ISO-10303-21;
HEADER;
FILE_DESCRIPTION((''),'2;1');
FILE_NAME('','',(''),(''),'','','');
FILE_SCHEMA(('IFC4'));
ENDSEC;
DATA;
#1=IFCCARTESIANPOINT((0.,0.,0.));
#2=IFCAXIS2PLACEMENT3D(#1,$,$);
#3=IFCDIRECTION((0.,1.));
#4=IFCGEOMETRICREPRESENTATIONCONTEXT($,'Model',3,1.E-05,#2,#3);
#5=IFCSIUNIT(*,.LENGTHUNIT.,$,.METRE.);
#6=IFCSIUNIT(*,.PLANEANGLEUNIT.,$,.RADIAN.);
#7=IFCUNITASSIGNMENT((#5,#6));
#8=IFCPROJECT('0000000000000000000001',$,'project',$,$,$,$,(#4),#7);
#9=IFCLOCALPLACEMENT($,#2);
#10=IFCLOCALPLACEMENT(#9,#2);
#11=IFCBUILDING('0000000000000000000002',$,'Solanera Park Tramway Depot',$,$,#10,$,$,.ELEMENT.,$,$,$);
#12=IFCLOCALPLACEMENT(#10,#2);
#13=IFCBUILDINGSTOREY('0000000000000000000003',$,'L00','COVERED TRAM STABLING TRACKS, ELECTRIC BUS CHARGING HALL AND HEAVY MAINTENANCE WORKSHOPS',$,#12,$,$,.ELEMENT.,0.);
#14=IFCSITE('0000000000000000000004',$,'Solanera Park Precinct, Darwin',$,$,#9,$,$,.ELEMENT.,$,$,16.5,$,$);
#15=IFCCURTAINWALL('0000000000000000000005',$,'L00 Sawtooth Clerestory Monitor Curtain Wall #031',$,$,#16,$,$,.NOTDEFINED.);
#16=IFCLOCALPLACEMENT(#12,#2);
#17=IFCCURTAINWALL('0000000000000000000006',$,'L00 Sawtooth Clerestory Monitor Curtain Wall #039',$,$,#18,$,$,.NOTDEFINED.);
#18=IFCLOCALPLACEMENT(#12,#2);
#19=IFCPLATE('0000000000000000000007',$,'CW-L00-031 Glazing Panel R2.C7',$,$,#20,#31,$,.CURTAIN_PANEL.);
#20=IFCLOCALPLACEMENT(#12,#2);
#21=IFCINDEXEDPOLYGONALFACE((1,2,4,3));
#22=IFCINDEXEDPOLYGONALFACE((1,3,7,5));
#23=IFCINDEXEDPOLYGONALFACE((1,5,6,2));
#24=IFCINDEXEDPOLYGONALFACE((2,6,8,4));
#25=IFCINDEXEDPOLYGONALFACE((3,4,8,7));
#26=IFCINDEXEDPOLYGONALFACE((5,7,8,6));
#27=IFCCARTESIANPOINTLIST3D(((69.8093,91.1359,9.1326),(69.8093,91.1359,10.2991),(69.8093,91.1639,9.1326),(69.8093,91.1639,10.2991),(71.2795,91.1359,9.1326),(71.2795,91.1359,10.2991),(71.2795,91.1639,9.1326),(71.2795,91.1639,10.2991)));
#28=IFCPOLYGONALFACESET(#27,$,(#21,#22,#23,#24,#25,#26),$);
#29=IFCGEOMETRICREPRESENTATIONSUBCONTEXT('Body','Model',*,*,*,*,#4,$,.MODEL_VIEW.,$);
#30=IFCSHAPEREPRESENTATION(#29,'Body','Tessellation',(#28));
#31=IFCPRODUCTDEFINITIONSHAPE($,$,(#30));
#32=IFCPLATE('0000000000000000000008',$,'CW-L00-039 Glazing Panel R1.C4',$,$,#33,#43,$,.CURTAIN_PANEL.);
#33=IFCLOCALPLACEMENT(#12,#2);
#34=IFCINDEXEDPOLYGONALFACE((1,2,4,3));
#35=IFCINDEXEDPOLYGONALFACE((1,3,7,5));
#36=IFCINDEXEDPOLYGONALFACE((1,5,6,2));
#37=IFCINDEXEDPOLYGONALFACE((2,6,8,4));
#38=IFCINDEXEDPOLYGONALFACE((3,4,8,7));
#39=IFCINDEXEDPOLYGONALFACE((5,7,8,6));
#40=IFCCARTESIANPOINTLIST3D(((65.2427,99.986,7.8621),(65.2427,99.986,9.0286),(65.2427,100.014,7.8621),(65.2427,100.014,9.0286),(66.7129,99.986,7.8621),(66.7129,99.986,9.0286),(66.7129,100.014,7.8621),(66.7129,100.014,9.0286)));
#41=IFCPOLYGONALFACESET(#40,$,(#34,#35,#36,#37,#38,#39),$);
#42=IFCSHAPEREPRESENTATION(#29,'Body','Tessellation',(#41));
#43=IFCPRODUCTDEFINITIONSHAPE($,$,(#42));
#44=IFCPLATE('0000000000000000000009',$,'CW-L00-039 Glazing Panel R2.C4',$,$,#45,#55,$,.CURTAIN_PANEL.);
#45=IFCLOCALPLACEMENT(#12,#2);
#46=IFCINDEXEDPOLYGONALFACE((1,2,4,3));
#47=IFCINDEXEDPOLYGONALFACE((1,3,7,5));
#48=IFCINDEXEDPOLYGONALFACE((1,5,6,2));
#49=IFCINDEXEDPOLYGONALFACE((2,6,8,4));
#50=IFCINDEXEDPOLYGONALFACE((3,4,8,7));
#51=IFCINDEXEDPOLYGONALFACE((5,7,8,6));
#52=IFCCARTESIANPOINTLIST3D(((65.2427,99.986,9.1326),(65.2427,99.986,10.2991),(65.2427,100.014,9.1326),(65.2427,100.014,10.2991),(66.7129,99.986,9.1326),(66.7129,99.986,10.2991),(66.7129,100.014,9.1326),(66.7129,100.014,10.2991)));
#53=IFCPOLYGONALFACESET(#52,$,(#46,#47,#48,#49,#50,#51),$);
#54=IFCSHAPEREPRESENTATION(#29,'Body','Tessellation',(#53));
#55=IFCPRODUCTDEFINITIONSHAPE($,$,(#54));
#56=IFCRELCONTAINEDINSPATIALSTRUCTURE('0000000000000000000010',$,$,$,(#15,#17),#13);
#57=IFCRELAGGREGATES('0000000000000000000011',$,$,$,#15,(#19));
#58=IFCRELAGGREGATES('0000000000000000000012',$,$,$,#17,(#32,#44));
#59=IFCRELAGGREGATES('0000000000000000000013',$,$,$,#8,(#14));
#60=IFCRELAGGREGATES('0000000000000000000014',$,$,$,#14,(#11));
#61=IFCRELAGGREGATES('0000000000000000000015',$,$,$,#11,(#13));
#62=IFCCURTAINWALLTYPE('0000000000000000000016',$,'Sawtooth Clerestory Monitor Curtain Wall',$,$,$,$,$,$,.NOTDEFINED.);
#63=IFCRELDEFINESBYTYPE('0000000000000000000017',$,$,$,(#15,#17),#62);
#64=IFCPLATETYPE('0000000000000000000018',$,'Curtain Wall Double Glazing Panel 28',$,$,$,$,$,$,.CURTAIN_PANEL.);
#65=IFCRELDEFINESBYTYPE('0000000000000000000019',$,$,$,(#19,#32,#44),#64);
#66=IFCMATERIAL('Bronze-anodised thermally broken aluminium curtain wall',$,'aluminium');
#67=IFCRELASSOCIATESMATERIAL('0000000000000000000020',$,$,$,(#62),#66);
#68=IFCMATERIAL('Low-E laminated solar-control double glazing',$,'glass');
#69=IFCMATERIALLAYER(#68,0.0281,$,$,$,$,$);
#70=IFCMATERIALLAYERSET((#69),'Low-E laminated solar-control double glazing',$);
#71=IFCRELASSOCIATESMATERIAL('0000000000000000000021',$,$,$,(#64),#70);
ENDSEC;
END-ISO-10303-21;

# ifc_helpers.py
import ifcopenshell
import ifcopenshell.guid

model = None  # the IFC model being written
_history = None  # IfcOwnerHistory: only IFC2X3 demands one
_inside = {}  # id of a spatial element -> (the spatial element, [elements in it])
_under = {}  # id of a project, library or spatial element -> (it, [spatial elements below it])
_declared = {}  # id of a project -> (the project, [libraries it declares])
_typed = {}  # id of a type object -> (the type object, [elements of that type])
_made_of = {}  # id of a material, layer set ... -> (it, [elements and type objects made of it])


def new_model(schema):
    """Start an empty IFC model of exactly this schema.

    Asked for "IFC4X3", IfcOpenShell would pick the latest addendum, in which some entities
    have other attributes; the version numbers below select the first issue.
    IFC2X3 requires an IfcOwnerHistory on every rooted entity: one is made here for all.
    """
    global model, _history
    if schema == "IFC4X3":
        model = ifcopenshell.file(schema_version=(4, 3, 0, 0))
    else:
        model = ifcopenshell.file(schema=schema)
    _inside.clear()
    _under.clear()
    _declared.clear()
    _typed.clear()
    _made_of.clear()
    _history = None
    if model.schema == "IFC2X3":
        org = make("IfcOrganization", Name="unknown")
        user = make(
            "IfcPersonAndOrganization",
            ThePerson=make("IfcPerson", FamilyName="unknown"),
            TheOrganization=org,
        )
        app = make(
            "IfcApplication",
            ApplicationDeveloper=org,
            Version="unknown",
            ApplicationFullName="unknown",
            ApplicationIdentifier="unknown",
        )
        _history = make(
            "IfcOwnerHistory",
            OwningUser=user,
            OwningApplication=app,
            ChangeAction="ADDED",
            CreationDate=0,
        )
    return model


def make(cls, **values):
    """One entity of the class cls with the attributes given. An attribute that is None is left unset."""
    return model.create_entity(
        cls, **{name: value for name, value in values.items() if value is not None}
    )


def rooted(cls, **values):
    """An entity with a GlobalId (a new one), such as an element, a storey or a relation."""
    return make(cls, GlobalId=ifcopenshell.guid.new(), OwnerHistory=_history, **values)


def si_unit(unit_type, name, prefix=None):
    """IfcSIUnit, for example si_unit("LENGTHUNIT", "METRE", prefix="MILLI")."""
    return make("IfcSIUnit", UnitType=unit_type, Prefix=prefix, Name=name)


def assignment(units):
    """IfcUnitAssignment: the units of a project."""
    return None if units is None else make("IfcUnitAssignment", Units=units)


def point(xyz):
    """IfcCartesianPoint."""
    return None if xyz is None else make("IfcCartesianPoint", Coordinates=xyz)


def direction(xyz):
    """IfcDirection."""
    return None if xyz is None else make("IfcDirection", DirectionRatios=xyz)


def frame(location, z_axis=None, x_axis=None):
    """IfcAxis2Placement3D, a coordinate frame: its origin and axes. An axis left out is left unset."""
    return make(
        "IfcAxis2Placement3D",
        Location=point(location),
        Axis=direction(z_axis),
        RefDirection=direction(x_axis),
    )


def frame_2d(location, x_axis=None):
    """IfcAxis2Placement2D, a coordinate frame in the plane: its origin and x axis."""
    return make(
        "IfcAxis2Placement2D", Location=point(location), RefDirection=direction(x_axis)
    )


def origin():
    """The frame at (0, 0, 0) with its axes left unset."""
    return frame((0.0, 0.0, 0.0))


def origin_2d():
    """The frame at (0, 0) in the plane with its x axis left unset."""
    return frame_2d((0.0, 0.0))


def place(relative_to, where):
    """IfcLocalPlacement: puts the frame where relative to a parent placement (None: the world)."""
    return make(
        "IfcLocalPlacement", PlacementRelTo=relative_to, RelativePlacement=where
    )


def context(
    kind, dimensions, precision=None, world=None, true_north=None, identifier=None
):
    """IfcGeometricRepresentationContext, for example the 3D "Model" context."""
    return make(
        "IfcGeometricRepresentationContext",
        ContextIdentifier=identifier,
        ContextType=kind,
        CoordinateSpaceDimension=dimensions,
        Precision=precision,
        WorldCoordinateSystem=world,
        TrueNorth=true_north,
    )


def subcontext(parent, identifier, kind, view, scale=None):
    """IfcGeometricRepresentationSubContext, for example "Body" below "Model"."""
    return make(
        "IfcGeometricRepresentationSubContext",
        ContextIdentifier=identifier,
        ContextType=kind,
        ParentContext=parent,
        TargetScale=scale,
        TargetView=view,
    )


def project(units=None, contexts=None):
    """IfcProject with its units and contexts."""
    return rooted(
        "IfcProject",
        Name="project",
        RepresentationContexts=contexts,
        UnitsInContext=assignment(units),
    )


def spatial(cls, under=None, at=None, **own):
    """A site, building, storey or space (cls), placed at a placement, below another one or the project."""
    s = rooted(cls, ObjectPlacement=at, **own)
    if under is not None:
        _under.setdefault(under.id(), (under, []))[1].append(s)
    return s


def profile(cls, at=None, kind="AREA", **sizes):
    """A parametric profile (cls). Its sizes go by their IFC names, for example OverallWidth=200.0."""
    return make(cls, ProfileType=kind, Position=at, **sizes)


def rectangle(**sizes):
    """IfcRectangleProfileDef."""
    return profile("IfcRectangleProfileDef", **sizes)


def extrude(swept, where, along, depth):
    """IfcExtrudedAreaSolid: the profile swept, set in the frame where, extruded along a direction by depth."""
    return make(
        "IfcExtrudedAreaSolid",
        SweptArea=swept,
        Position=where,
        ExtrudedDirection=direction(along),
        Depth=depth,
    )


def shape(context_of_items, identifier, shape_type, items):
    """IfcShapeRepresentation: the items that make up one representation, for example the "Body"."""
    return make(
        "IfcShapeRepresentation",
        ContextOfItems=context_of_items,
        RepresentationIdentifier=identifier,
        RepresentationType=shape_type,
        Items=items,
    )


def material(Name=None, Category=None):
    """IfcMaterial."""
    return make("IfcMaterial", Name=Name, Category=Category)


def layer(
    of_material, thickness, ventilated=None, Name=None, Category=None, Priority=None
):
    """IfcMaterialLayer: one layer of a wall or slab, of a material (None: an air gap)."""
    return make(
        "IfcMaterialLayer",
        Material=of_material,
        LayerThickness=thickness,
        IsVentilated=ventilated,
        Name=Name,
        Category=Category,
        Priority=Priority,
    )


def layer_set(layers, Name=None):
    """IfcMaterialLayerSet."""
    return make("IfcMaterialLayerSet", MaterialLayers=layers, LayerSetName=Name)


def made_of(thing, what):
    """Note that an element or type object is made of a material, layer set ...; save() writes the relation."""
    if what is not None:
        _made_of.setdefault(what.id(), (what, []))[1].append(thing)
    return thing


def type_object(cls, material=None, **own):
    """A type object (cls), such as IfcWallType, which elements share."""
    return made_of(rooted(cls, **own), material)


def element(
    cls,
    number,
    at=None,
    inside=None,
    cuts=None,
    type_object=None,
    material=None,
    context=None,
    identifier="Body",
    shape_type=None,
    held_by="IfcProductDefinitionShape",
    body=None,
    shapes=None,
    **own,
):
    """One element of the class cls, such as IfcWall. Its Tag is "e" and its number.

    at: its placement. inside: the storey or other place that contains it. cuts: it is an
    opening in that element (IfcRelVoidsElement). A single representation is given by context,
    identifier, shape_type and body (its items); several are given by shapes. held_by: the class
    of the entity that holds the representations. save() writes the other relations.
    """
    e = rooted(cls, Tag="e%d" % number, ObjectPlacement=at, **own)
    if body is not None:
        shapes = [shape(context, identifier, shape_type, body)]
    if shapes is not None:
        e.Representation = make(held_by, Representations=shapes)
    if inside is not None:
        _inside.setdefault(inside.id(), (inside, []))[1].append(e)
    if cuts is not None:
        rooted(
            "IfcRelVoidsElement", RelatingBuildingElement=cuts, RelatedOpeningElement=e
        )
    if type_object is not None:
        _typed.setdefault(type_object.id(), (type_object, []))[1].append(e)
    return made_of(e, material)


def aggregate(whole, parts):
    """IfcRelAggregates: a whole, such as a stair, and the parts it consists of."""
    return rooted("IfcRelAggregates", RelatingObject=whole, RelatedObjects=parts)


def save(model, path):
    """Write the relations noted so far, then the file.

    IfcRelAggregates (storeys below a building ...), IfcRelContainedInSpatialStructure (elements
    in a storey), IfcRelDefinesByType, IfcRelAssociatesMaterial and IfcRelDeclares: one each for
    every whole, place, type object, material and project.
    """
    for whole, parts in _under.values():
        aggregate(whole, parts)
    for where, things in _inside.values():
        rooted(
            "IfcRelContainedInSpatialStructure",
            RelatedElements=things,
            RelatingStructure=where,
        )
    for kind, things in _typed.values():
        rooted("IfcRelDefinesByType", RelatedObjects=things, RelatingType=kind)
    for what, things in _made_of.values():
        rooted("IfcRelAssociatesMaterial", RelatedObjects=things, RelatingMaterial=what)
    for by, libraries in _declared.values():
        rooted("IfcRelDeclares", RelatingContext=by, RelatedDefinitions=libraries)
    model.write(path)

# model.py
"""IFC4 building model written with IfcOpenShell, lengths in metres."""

from ifc_helpers import new_model, si_unit, direction, frame, origin, origin_2d, place, context, subcontext, project, spatial, rectangle, extrude, material, layer, layer_set, type_object, element, aggregate, save


model = new_model("IFC4")

# Units and contexts
model_context = context("Model", 3, precision=1e-05, world=origin(), true_north=direction((0.0, 1.0)))
body_context = subcontext(model_context, "Body", "Model", "MODEL_VIEW")
ifc_project = project(units=[si_unit("LENGTHUNIT", "METRE"), si_unit("PLANEANGLEUNIT", "RADIAN")], contexts=[model_context])

# Site, building, storey
site_placement = place(None, origin())
site = spatial("IfcSite", under=ifc_project, at=site_placement, Name="Solanera Park Precinct, Darwin", CompositionType="ELEMENT", RefElevation=16.5)
building_placement = place(site_placement, origin())
building = spatial("IfcBuilding", under=site, at=building_placement, Name="Solanera Park Tramway Depot", CompositionType="ELEMENT")
storey_placement = place(building_placement, origin())
storey = spatial("IfcBuildingStorey", under=building, at=storey_placement, Name="L00", Description="COVERED TRAM STABLING TRACKS, ELECTRIC BUS CHARGING HALL AND HEAVY MAINTENANCE WORKSHOPS", CompositionType="ELEMENT", Elevation=0.0)

# Curtain wall
ifc_material_1 = material(Name="Bronze-anodised thermally broken aluminium curtain wall", Category="aluminium")
curtain_wall_type = type_object("IfcCurtainWallType", Name="Sawtooth Clerestory Monitor Curtain Wall", PredefinedType="NOTDEFINED", material=ifc_material_1)
curtain_wall_1_placement = place(storey_placement, origin())
curtain_wall_1 = element("IfcCurtainWall", 1, at=curtain_wall_1_placement, inside=storey, type_object=curtain_wall_type, Name="L00 Sawtooth Clerestory Monitor Curtain Wall #031", PredefinedType="NOTDEFINED")

# Curtain wall
curtain_wall_2_placement = place(storey_placement, origin())
curtain_wall_2 = element("IfcCurtainWall", 2, at=curtain_wall_2_placement, inside=storey, type_object=curtain_wall_type, Name="L00 Sawtooth Clerestory Monitor Curtain Wall #039", PredefinedType="NOTDEFINED")

# Plates
ifc_material_2 = material(Name="Low-E laminated solar-control double glazing", Category="glass")
ifc_layer = layer(ifc_material_2, 0.0281)
ifc_layer_set = layer_set([ifc_layer], Name="Low-E laminated solar-control double glazing")
plate_type = type_object("IfcPlateType", Name="Curtain Wall Double Glazing Panel 28", PredefinedType="CURTAIN_PANEL", material=ifc_layer_set)
plate_1_placement = place(storey_placement, frame((70.5444, 91.1499, 9.1326), z_axis=(0.0, 0.0, 1.0), x_axis=(1.0, 0.0, 0.0)))
plate_1 = element("IfcPlate", 3, at=plate_1_placement, type_object=plate_type, Name="CW-L00-031 Glazing Panel R2.C7", PredefinedType="CURTAIN_PANEL", context=body_context, shape_type="SweptSolid", body=[
    extrude(rectangle(XDim=1.4702, YDim=0.0281, at=origin_2d()), origin(), (0.0, 0.0, 1.0), 1.1665),
])
aggregate(curtain_wall_1, [plate_1])
plate_2_placement = place(storey_placement, frame((65.9778, 100.0, 7.8621), z_axis=(0.0, 0.0, 1.0), x_axis=(1.0, 0.0, 0.0)))
plate_2 = element("IfcPlate", 4, at=plate_2_placement, type_object=plate_type, Name="CW-L00-039 Glazing Panel R1.C4", PredefinedType="CURTAIN_PANEL", context=body_context, shape_type="SweptSolid", body=[
    extrude(rectangle(XDim=1.4702, YDim=0.0281, at=origin_2d()), origin(), (0.0, 0.0, 1.0), 1.1665),
])
plate_3_placement = place(storey_placement, frame((65.9778, 100.0, 9.1326), z_axis=(0.0, 0.0, 1.0), x_axis=(1.0, 0.0, 0.0)))
plate_3 = element("IfcPlate", 5, at=plate_3_placement, type_object=plate_type, Name="CW-L00-039 Glazing Panel R2.C4", PredefinedType="CURTAIN_PANEL", context=body_context, shape_type="SweptSolid", body=[
    extrude(rectangle(XDim=1.4702, YDim=0.0281, at=origin_2d()), origin(), (0.0, 0.0, 1.0), 1.1665),
])
aggregate(curtain_wall_2, [plate_2, plate_3])

save(model, "model.ifc")
